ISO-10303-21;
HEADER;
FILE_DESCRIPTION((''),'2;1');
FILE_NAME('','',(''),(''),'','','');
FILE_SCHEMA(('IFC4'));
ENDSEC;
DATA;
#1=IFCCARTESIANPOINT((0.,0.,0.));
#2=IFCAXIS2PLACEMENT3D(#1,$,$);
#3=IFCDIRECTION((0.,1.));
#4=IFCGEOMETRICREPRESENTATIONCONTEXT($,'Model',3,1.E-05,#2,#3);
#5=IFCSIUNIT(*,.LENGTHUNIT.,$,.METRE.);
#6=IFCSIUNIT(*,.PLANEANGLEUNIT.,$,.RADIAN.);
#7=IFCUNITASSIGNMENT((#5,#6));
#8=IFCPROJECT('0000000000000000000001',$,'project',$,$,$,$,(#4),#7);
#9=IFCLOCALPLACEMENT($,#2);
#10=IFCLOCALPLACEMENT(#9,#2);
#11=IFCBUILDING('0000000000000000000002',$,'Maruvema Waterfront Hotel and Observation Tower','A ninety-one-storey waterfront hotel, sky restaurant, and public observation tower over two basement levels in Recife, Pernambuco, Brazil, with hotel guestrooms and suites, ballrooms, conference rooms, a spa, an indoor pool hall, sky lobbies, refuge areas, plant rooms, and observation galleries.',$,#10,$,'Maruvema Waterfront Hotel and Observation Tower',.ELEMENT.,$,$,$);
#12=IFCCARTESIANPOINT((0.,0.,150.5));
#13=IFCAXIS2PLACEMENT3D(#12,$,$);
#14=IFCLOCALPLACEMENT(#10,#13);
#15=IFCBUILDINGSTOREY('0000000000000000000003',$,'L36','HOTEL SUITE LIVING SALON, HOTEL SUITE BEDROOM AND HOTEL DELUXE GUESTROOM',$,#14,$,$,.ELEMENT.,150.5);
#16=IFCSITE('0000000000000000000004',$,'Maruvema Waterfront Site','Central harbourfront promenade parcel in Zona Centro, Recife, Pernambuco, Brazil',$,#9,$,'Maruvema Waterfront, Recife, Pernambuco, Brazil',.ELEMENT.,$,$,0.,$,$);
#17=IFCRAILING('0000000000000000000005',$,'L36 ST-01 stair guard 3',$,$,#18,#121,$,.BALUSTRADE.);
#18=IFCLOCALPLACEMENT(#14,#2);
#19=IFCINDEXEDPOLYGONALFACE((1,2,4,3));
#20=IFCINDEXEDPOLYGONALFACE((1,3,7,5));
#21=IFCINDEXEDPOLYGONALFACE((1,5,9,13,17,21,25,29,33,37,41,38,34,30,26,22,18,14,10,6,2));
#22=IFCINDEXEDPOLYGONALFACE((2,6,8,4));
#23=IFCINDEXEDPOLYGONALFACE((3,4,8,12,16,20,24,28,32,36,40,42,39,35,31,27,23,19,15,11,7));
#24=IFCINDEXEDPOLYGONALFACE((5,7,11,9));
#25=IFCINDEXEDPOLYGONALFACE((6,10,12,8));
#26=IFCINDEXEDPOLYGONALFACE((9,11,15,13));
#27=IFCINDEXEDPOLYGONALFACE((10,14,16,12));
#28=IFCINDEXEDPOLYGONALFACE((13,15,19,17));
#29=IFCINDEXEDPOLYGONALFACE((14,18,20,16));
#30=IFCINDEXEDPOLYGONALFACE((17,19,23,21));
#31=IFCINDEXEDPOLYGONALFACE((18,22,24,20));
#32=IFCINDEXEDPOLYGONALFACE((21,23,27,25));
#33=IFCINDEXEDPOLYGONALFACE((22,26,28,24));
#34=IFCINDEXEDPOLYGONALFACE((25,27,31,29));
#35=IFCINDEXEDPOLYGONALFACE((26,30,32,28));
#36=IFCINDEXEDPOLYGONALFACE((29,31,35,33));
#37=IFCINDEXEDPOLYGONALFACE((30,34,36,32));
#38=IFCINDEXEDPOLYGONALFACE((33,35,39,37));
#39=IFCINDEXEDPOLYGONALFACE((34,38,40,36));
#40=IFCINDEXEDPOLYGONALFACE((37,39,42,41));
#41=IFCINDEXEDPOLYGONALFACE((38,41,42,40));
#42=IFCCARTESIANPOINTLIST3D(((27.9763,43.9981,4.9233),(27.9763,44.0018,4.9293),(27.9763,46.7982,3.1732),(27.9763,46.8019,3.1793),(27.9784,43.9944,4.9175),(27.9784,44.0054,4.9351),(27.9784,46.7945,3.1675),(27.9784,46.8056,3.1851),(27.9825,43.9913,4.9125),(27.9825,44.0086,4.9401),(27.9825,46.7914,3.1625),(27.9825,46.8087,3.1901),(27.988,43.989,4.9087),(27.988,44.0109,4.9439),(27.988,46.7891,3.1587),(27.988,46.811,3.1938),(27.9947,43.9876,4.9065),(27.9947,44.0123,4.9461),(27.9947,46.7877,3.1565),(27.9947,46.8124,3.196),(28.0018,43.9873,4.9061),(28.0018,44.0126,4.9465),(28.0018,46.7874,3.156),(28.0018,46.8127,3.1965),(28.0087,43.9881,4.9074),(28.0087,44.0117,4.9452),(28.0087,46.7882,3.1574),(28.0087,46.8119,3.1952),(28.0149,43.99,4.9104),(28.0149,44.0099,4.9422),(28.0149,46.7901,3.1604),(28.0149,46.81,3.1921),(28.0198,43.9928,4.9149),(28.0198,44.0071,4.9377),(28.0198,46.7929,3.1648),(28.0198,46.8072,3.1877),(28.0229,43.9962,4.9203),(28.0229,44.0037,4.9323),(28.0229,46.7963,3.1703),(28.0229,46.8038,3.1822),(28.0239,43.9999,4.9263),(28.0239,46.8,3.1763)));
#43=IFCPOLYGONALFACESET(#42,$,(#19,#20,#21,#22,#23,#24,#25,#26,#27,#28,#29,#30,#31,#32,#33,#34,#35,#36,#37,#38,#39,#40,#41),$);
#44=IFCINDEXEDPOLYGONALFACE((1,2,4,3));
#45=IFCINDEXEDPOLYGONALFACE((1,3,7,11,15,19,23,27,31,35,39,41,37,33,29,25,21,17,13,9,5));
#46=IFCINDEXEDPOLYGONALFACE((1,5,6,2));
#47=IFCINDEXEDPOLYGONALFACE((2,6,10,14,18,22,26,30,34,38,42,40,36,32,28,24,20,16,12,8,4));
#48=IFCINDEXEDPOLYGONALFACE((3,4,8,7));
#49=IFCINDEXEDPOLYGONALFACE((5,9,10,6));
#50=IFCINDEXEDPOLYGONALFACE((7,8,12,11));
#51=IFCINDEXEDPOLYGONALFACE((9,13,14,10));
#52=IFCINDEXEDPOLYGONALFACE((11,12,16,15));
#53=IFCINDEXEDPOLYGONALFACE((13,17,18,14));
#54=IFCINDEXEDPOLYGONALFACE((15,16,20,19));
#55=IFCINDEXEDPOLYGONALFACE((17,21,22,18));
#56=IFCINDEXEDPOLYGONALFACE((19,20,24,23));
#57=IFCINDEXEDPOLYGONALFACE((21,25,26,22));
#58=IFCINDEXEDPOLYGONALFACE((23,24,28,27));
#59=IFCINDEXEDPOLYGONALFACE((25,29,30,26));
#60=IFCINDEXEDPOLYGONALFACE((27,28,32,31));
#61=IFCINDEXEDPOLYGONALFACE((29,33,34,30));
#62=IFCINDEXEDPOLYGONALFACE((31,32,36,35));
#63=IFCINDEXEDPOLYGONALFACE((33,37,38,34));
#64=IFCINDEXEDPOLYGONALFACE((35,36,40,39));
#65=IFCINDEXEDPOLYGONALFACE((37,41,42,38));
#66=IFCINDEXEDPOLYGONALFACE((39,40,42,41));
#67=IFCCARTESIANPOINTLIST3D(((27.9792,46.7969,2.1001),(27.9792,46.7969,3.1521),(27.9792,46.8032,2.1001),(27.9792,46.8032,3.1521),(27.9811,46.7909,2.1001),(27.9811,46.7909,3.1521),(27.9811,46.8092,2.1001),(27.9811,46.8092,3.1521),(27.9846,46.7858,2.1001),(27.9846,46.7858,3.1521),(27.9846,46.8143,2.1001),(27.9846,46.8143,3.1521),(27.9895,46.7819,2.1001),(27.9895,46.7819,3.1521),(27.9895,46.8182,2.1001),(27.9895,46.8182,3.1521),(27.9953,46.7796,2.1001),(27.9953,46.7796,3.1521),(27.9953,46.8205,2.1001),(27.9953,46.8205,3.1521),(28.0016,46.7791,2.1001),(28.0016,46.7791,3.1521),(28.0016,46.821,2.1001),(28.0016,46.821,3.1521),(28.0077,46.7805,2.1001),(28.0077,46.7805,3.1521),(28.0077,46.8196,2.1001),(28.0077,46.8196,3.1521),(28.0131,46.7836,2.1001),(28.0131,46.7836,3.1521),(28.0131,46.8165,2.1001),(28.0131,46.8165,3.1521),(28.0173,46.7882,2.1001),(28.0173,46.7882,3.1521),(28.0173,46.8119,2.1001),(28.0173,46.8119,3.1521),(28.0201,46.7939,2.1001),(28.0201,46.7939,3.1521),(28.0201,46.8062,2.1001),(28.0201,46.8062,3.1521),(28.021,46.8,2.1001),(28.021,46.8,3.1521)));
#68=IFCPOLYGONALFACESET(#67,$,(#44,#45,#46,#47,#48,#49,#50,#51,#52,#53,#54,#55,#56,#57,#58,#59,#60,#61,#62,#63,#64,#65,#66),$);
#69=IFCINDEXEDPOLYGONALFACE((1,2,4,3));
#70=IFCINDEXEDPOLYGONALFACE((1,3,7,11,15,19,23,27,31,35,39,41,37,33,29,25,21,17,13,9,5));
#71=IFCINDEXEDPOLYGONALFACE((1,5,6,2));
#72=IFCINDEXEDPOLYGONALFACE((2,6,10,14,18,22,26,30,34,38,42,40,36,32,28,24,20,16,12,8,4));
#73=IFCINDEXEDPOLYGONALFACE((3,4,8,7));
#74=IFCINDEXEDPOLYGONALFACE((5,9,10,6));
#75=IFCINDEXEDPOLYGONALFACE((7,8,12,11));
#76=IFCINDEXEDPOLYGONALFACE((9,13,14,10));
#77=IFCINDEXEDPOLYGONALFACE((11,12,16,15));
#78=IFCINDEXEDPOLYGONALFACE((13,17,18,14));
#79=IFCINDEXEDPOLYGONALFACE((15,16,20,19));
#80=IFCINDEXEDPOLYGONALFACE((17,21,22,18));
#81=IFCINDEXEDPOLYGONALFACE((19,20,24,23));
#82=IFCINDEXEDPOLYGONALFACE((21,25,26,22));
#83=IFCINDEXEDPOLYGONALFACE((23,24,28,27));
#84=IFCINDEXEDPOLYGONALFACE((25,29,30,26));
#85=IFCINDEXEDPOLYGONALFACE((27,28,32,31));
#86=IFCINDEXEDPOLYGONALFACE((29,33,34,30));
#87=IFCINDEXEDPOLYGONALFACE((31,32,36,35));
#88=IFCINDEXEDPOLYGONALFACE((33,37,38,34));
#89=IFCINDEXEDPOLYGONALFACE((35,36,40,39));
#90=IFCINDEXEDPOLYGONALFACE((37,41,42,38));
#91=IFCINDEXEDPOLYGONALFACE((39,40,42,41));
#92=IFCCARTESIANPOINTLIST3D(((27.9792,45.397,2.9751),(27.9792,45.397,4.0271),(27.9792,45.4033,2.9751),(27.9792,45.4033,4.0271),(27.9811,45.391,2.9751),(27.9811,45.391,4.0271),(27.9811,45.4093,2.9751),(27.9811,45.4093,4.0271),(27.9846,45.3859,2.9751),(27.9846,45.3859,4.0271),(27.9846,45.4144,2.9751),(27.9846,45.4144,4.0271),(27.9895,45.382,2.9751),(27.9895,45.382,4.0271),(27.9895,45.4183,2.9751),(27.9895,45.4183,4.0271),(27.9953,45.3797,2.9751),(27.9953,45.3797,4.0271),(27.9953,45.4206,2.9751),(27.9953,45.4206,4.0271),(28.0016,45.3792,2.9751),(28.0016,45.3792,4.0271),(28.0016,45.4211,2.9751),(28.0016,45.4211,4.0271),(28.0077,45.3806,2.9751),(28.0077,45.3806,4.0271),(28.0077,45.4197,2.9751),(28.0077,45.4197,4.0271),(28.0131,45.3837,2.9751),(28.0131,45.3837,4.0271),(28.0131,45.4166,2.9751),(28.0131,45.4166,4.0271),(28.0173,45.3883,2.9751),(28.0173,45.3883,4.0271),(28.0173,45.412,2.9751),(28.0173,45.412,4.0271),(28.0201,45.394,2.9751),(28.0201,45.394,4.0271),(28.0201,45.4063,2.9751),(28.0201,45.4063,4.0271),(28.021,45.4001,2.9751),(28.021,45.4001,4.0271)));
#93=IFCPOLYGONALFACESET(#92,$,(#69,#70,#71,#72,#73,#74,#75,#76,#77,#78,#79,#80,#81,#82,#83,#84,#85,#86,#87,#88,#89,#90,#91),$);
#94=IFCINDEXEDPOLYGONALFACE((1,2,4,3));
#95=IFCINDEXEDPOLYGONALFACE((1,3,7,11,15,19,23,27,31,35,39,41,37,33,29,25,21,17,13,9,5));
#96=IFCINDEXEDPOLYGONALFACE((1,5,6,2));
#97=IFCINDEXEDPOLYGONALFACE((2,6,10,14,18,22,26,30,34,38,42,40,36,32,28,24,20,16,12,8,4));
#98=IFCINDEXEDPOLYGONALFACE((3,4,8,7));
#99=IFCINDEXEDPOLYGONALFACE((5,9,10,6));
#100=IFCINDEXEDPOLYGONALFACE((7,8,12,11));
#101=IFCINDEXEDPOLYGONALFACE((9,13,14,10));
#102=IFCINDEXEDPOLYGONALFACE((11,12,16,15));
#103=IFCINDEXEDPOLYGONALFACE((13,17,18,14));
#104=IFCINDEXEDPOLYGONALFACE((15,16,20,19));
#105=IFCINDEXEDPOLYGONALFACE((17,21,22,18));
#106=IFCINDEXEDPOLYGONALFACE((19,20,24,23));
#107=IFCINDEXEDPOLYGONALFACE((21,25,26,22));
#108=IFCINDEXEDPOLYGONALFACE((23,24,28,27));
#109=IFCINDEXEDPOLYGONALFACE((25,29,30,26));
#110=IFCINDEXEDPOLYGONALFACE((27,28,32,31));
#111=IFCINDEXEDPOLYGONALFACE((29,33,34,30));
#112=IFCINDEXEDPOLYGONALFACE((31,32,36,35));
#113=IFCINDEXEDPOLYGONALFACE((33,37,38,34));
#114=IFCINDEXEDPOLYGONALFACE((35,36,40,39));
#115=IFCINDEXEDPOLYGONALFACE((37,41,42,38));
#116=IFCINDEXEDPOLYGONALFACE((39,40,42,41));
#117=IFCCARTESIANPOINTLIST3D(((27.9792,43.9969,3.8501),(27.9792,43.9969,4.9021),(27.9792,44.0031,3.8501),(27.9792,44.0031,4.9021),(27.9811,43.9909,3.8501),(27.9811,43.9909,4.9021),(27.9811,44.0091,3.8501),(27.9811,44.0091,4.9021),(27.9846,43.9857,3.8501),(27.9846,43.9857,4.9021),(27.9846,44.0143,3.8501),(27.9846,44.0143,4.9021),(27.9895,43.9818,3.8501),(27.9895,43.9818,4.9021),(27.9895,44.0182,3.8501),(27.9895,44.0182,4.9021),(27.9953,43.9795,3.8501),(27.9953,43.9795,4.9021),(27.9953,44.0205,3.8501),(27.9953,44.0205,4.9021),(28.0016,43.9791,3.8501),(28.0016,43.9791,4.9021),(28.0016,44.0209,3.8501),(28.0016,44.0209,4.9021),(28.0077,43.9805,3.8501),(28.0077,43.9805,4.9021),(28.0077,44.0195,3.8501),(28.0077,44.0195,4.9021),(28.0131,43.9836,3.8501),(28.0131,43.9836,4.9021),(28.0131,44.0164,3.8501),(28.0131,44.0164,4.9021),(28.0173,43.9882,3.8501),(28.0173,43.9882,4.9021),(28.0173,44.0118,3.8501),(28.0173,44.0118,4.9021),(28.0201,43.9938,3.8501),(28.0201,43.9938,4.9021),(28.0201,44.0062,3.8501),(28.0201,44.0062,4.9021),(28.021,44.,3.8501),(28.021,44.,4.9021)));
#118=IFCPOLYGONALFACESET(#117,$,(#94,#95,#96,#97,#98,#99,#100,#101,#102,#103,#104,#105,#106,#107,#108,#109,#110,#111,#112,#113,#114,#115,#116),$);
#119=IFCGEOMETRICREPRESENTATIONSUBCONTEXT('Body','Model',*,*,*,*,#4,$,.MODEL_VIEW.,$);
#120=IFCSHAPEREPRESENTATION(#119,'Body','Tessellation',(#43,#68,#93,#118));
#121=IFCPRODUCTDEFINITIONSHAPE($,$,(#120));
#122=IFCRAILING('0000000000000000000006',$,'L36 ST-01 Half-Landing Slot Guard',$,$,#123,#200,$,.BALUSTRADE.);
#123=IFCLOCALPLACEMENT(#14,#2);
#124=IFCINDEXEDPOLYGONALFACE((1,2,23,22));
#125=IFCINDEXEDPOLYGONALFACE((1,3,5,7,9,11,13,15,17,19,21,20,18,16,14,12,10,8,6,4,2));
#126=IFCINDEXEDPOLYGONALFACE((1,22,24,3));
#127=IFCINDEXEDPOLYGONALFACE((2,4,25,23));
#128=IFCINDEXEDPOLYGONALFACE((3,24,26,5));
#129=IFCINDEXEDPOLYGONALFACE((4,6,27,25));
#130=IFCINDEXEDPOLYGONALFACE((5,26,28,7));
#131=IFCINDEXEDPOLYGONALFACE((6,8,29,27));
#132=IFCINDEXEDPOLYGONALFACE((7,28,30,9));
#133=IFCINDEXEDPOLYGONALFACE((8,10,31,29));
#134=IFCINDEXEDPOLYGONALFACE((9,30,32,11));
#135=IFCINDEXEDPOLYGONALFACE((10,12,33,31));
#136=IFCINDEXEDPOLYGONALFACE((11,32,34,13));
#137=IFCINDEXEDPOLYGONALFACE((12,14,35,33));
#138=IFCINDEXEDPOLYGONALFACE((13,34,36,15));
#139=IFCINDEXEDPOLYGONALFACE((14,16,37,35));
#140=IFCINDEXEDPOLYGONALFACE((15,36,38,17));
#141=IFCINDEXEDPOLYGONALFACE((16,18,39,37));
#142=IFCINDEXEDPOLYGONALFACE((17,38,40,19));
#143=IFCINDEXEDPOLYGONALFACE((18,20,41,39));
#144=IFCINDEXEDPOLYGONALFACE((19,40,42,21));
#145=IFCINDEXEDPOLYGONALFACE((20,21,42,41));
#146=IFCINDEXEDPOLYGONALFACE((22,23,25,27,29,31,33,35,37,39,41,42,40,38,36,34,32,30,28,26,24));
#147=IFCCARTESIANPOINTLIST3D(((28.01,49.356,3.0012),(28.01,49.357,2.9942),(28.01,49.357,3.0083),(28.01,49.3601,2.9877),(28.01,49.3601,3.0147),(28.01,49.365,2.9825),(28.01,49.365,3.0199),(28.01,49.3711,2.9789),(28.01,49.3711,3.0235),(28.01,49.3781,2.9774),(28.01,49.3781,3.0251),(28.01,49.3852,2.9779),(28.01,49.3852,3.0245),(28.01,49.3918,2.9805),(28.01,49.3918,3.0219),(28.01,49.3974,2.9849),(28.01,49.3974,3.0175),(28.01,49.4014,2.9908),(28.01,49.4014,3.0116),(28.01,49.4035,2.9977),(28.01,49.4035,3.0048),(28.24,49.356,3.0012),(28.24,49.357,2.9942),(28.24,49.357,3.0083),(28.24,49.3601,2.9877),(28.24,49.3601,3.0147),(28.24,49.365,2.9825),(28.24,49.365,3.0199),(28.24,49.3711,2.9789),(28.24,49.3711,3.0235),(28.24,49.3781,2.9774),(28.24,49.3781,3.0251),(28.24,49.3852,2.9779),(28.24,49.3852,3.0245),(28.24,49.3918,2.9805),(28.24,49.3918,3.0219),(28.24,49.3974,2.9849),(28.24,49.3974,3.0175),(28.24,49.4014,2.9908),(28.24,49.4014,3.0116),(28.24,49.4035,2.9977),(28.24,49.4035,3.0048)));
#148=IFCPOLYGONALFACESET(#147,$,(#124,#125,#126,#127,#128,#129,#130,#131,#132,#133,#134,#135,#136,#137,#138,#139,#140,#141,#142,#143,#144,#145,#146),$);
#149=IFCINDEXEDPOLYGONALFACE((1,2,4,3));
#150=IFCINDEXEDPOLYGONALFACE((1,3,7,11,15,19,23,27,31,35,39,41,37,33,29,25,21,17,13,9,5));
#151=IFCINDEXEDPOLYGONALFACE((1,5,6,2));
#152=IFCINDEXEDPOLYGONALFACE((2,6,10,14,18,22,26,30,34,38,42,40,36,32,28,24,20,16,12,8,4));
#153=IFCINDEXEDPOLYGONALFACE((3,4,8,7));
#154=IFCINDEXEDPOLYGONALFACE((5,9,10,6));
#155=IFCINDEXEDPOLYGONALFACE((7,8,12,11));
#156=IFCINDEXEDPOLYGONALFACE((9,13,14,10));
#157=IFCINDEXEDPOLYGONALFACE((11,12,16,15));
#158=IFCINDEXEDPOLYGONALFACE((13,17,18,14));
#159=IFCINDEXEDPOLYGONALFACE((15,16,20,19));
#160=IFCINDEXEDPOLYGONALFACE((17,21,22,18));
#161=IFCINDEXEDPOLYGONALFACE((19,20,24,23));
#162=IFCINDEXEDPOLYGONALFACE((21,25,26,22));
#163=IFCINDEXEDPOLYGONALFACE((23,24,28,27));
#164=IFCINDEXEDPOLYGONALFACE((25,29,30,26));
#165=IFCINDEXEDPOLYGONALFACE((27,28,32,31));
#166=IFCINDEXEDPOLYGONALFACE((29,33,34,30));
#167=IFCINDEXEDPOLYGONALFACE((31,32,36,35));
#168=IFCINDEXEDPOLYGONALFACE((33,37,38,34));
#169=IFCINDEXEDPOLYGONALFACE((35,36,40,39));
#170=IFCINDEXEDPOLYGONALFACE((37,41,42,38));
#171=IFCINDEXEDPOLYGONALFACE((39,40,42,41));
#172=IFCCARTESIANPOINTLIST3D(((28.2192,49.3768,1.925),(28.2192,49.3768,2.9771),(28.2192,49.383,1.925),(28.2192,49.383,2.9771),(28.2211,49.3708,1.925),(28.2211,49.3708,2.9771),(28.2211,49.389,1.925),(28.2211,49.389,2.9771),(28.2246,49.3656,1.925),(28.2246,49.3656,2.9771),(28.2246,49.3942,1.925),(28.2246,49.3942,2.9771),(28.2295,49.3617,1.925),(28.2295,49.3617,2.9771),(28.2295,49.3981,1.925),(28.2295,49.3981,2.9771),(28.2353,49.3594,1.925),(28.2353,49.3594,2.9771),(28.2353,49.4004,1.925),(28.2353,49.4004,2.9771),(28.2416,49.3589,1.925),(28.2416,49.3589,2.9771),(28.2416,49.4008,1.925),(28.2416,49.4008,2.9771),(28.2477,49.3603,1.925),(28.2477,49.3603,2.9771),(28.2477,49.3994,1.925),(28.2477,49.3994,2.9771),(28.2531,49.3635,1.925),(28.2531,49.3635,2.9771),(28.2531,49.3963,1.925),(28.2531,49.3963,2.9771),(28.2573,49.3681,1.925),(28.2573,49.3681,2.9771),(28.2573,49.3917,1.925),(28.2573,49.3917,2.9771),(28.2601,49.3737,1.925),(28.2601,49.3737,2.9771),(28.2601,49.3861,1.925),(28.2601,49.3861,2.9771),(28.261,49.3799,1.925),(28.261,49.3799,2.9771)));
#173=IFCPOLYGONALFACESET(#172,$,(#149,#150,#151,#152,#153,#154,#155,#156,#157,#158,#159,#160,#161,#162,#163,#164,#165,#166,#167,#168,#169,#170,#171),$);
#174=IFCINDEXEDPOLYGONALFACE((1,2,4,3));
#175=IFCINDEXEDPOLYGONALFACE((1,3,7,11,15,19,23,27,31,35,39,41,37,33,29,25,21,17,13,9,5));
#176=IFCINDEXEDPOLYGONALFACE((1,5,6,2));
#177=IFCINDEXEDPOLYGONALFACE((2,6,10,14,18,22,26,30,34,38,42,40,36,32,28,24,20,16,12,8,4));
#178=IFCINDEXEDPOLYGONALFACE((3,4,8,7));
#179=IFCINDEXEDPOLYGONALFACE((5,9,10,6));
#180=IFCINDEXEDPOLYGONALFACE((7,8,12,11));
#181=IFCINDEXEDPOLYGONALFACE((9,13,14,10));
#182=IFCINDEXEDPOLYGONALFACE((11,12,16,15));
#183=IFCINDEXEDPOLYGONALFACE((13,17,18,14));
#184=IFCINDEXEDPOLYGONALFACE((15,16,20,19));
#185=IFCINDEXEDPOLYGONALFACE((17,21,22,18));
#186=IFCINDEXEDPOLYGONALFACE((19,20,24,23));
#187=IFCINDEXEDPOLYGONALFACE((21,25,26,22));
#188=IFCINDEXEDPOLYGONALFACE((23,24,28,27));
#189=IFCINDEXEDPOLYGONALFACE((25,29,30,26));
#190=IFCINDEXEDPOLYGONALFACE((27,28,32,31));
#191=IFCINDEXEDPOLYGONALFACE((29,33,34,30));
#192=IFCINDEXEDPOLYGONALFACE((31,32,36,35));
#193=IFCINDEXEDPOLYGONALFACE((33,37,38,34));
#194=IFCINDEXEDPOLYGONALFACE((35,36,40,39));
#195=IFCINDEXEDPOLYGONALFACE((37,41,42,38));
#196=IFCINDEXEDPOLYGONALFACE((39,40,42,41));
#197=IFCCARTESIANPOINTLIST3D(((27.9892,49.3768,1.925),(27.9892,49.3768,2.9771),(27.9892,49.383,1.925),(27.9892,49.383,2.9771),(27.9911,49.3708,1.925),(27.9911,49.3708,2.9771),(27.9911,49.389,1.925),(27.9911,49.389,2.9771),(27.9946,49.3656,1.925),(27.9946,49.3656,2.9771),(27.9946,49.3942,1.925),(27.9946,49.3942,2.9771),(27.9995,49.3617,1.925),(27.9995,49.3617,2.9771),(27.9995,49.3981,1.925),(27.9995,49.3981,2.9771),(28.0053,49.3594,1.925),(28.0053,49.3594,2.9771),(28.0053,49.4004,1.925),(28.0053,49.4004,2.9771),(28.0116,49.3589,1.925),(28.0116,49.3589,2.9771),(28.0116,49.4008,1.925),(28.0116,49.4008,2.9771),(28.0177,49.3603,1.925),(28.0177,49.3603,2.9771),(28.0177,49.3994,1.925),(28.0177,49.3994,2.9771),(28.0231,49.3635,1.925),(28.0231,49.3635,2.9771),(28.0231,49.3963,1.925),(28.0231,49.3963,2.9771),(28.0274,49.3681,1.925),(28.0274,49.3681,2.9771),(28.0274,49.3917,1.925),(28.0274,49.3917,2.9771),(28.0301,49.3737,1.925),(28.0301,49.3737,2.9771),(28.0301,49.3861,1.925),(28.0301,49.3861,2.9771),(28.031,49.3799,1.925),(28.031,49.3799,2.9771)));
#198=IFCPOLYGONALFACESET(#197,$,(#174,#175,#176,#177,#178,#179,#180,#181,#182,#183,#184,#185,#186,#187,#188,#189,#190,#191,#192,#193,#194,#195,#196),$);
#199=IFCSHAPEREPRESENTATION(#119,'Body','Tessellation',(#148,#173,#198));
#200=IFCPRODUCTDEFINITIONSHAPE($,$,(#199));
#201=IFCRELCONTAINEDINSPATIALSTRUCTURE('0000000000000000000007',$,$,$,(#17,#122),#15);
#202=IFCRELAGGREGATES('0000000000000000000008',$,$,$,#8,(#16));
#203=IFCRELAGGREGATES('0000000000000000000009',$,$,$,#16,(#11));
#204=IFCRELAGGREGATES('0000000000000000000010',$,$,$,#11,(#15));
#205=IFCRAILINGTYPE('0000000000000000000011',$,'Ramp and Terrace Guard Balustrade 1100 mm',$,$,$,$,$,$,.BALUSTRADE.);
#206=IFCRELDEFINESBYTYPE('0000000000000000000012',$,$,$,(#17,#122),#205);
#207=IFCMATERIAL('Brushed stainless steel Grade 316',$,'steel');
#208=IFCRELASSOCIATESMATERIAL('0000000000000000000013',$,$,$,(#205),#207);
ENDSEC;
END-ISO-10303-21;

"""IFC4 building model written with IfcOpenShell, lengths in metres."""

from ifc_helpers import new_model, si_unit, direction, frame, origin, origin_2d, place, context, subcontext, project, spatial, circle, extrude, material, type_object, element, save


model = new_model("IFC4")

# Units and contexts
model_context = context("Model", 3, precision=1e-05, world=origin(), true_north=direction((0.0, 1.0)))
body_context = subcontext(model_context, "Body", "Model", "MODEL_VIEW")
ifc_project = project(units=[si_unit("LENGTHUNIT", "METRE"), si_unit("PLANEANGLEUNIT", "RADIAN")], contexts=[model_context])

# Site, building, storey
site_placement = place(None, origin())
site = spatial("IfcSite", under=ifc_project, at=site_placement, Name="Maruvema Waterfront Site", Description="Central harbourfront promenade parcel in Zona Centro, Recife, Pernambuco, Brazil", LongName="Maruvema Waterfront, Recife, Pernambuco, Brazil", CompositionType="ELEMENT", RefElevation=0.0)
building_placement = place(site_placement, origin())
building = spatial("IfcBuilding", under=site, at=building_placement, Name="Maruvema Waterfront Hotel and Observation Tower", Description="A ninety-one-storey waterfront hotel, sky restaurant, and public observation tower over two basement levels in Recife, Pernambuco, Brazil, with hotel guestrooms and suites, ballrooms, conference rooms, a spa, an indoor pool hall, sky lobbies, refuge areas, plant rooms, and observation galleries.", LongName="Maruvema Waterfront Hotel and Observation Tower", CompositionType="ELEMENT")
storey_placement = place(building_placement, frame((0.0, 0.0, 150.5)))
storey = spatial("IfcBuildingStorey", under=building, at=storey_placement, Name="L36", Description="HOTEL SUITE LIVING SALON, HOTEL SUITE BEDROOM AND HOTEL DELUXE GUESTROOM", CompositionType="ELEMENT", Elevation=150.5)

# Railings
ifc_material_1 = material(Name="Brushed stainless steel Grade 316", Category="steel")
railing_type_1 = type_object("IfcRailingType", Name="Ramp and Terrace Guard Balustrade 1100 mm", PredefinedType="BALUSTRADE", material=ifc_material_1)
railing_1_placement = place(storey_placement, frame((28.0, 46.8, 2.1001)))
element("IfcRailing", 1, at=railing_1_placement, inside=storey, type_object=railing_type_1, Name="L36 ST-01 stair guard 3", PredefinedType="BALUSTRADE", context=body_context, shape_type="SweptSolid", body=[
    extrude(circle(Radius=0.0239, at=origin_2d()), frame((0.0, 0.0, 1.0762), z_axis=(0.0, -0.848002, 0.529992), x_axis=(1.0, 0.0, 0.0)), (0.0, 0.0, 1.0), 3.302),
    extrude(circle(Radius=0.021, at=origin_2d()), origin(), (0.0, 0.0, 1.0), 1.052),
    extrude(circle(Radius=0.021, at=origin_2d()), frame((0.0, -1.3999, 0.875)), (0.0, 0.0, 1.0), 1.052),
    extrude(circle(Radius=0.021, at=origin_2d()), frame((0.0, -2.8, 1.75)), (0.0, 0.0, 1.0), 1.052),
])
railing_2_placement = place(storey_placement, frame((28.24, 49.3799, 1.925)))
element("IfcRailing", 2, at=railing_2_placement, inside=storey, type_object=railing_type_1, Name="L36 ST-01 Half-Landing Slot Guard", PredefinedType="BALUSTRADE", context=body_context, shape_type="SweptSolid", body=[
    extrude(circle(Radius=0.0239, at=origin_2d()), frame((0.0, 0.0, 1.0762), z_axis=(-1.0, 0.0, 0.0), x_axis=(0.0, -1.0, 0.0)), (0.0, 0.0, 1.0), 0.23),
    extrude(circle(Radius=0.021, at=origin_2d()), origin(), (0.0, 0.0, 1.0), 1.052),
    extrude(circle(Radius=0.021, at=origin_2d()), frame((-0.23, 0.0, 0.0)), (0.0, 0.0, 1.0), 1.052),
])

save(model, "model.ifc")
